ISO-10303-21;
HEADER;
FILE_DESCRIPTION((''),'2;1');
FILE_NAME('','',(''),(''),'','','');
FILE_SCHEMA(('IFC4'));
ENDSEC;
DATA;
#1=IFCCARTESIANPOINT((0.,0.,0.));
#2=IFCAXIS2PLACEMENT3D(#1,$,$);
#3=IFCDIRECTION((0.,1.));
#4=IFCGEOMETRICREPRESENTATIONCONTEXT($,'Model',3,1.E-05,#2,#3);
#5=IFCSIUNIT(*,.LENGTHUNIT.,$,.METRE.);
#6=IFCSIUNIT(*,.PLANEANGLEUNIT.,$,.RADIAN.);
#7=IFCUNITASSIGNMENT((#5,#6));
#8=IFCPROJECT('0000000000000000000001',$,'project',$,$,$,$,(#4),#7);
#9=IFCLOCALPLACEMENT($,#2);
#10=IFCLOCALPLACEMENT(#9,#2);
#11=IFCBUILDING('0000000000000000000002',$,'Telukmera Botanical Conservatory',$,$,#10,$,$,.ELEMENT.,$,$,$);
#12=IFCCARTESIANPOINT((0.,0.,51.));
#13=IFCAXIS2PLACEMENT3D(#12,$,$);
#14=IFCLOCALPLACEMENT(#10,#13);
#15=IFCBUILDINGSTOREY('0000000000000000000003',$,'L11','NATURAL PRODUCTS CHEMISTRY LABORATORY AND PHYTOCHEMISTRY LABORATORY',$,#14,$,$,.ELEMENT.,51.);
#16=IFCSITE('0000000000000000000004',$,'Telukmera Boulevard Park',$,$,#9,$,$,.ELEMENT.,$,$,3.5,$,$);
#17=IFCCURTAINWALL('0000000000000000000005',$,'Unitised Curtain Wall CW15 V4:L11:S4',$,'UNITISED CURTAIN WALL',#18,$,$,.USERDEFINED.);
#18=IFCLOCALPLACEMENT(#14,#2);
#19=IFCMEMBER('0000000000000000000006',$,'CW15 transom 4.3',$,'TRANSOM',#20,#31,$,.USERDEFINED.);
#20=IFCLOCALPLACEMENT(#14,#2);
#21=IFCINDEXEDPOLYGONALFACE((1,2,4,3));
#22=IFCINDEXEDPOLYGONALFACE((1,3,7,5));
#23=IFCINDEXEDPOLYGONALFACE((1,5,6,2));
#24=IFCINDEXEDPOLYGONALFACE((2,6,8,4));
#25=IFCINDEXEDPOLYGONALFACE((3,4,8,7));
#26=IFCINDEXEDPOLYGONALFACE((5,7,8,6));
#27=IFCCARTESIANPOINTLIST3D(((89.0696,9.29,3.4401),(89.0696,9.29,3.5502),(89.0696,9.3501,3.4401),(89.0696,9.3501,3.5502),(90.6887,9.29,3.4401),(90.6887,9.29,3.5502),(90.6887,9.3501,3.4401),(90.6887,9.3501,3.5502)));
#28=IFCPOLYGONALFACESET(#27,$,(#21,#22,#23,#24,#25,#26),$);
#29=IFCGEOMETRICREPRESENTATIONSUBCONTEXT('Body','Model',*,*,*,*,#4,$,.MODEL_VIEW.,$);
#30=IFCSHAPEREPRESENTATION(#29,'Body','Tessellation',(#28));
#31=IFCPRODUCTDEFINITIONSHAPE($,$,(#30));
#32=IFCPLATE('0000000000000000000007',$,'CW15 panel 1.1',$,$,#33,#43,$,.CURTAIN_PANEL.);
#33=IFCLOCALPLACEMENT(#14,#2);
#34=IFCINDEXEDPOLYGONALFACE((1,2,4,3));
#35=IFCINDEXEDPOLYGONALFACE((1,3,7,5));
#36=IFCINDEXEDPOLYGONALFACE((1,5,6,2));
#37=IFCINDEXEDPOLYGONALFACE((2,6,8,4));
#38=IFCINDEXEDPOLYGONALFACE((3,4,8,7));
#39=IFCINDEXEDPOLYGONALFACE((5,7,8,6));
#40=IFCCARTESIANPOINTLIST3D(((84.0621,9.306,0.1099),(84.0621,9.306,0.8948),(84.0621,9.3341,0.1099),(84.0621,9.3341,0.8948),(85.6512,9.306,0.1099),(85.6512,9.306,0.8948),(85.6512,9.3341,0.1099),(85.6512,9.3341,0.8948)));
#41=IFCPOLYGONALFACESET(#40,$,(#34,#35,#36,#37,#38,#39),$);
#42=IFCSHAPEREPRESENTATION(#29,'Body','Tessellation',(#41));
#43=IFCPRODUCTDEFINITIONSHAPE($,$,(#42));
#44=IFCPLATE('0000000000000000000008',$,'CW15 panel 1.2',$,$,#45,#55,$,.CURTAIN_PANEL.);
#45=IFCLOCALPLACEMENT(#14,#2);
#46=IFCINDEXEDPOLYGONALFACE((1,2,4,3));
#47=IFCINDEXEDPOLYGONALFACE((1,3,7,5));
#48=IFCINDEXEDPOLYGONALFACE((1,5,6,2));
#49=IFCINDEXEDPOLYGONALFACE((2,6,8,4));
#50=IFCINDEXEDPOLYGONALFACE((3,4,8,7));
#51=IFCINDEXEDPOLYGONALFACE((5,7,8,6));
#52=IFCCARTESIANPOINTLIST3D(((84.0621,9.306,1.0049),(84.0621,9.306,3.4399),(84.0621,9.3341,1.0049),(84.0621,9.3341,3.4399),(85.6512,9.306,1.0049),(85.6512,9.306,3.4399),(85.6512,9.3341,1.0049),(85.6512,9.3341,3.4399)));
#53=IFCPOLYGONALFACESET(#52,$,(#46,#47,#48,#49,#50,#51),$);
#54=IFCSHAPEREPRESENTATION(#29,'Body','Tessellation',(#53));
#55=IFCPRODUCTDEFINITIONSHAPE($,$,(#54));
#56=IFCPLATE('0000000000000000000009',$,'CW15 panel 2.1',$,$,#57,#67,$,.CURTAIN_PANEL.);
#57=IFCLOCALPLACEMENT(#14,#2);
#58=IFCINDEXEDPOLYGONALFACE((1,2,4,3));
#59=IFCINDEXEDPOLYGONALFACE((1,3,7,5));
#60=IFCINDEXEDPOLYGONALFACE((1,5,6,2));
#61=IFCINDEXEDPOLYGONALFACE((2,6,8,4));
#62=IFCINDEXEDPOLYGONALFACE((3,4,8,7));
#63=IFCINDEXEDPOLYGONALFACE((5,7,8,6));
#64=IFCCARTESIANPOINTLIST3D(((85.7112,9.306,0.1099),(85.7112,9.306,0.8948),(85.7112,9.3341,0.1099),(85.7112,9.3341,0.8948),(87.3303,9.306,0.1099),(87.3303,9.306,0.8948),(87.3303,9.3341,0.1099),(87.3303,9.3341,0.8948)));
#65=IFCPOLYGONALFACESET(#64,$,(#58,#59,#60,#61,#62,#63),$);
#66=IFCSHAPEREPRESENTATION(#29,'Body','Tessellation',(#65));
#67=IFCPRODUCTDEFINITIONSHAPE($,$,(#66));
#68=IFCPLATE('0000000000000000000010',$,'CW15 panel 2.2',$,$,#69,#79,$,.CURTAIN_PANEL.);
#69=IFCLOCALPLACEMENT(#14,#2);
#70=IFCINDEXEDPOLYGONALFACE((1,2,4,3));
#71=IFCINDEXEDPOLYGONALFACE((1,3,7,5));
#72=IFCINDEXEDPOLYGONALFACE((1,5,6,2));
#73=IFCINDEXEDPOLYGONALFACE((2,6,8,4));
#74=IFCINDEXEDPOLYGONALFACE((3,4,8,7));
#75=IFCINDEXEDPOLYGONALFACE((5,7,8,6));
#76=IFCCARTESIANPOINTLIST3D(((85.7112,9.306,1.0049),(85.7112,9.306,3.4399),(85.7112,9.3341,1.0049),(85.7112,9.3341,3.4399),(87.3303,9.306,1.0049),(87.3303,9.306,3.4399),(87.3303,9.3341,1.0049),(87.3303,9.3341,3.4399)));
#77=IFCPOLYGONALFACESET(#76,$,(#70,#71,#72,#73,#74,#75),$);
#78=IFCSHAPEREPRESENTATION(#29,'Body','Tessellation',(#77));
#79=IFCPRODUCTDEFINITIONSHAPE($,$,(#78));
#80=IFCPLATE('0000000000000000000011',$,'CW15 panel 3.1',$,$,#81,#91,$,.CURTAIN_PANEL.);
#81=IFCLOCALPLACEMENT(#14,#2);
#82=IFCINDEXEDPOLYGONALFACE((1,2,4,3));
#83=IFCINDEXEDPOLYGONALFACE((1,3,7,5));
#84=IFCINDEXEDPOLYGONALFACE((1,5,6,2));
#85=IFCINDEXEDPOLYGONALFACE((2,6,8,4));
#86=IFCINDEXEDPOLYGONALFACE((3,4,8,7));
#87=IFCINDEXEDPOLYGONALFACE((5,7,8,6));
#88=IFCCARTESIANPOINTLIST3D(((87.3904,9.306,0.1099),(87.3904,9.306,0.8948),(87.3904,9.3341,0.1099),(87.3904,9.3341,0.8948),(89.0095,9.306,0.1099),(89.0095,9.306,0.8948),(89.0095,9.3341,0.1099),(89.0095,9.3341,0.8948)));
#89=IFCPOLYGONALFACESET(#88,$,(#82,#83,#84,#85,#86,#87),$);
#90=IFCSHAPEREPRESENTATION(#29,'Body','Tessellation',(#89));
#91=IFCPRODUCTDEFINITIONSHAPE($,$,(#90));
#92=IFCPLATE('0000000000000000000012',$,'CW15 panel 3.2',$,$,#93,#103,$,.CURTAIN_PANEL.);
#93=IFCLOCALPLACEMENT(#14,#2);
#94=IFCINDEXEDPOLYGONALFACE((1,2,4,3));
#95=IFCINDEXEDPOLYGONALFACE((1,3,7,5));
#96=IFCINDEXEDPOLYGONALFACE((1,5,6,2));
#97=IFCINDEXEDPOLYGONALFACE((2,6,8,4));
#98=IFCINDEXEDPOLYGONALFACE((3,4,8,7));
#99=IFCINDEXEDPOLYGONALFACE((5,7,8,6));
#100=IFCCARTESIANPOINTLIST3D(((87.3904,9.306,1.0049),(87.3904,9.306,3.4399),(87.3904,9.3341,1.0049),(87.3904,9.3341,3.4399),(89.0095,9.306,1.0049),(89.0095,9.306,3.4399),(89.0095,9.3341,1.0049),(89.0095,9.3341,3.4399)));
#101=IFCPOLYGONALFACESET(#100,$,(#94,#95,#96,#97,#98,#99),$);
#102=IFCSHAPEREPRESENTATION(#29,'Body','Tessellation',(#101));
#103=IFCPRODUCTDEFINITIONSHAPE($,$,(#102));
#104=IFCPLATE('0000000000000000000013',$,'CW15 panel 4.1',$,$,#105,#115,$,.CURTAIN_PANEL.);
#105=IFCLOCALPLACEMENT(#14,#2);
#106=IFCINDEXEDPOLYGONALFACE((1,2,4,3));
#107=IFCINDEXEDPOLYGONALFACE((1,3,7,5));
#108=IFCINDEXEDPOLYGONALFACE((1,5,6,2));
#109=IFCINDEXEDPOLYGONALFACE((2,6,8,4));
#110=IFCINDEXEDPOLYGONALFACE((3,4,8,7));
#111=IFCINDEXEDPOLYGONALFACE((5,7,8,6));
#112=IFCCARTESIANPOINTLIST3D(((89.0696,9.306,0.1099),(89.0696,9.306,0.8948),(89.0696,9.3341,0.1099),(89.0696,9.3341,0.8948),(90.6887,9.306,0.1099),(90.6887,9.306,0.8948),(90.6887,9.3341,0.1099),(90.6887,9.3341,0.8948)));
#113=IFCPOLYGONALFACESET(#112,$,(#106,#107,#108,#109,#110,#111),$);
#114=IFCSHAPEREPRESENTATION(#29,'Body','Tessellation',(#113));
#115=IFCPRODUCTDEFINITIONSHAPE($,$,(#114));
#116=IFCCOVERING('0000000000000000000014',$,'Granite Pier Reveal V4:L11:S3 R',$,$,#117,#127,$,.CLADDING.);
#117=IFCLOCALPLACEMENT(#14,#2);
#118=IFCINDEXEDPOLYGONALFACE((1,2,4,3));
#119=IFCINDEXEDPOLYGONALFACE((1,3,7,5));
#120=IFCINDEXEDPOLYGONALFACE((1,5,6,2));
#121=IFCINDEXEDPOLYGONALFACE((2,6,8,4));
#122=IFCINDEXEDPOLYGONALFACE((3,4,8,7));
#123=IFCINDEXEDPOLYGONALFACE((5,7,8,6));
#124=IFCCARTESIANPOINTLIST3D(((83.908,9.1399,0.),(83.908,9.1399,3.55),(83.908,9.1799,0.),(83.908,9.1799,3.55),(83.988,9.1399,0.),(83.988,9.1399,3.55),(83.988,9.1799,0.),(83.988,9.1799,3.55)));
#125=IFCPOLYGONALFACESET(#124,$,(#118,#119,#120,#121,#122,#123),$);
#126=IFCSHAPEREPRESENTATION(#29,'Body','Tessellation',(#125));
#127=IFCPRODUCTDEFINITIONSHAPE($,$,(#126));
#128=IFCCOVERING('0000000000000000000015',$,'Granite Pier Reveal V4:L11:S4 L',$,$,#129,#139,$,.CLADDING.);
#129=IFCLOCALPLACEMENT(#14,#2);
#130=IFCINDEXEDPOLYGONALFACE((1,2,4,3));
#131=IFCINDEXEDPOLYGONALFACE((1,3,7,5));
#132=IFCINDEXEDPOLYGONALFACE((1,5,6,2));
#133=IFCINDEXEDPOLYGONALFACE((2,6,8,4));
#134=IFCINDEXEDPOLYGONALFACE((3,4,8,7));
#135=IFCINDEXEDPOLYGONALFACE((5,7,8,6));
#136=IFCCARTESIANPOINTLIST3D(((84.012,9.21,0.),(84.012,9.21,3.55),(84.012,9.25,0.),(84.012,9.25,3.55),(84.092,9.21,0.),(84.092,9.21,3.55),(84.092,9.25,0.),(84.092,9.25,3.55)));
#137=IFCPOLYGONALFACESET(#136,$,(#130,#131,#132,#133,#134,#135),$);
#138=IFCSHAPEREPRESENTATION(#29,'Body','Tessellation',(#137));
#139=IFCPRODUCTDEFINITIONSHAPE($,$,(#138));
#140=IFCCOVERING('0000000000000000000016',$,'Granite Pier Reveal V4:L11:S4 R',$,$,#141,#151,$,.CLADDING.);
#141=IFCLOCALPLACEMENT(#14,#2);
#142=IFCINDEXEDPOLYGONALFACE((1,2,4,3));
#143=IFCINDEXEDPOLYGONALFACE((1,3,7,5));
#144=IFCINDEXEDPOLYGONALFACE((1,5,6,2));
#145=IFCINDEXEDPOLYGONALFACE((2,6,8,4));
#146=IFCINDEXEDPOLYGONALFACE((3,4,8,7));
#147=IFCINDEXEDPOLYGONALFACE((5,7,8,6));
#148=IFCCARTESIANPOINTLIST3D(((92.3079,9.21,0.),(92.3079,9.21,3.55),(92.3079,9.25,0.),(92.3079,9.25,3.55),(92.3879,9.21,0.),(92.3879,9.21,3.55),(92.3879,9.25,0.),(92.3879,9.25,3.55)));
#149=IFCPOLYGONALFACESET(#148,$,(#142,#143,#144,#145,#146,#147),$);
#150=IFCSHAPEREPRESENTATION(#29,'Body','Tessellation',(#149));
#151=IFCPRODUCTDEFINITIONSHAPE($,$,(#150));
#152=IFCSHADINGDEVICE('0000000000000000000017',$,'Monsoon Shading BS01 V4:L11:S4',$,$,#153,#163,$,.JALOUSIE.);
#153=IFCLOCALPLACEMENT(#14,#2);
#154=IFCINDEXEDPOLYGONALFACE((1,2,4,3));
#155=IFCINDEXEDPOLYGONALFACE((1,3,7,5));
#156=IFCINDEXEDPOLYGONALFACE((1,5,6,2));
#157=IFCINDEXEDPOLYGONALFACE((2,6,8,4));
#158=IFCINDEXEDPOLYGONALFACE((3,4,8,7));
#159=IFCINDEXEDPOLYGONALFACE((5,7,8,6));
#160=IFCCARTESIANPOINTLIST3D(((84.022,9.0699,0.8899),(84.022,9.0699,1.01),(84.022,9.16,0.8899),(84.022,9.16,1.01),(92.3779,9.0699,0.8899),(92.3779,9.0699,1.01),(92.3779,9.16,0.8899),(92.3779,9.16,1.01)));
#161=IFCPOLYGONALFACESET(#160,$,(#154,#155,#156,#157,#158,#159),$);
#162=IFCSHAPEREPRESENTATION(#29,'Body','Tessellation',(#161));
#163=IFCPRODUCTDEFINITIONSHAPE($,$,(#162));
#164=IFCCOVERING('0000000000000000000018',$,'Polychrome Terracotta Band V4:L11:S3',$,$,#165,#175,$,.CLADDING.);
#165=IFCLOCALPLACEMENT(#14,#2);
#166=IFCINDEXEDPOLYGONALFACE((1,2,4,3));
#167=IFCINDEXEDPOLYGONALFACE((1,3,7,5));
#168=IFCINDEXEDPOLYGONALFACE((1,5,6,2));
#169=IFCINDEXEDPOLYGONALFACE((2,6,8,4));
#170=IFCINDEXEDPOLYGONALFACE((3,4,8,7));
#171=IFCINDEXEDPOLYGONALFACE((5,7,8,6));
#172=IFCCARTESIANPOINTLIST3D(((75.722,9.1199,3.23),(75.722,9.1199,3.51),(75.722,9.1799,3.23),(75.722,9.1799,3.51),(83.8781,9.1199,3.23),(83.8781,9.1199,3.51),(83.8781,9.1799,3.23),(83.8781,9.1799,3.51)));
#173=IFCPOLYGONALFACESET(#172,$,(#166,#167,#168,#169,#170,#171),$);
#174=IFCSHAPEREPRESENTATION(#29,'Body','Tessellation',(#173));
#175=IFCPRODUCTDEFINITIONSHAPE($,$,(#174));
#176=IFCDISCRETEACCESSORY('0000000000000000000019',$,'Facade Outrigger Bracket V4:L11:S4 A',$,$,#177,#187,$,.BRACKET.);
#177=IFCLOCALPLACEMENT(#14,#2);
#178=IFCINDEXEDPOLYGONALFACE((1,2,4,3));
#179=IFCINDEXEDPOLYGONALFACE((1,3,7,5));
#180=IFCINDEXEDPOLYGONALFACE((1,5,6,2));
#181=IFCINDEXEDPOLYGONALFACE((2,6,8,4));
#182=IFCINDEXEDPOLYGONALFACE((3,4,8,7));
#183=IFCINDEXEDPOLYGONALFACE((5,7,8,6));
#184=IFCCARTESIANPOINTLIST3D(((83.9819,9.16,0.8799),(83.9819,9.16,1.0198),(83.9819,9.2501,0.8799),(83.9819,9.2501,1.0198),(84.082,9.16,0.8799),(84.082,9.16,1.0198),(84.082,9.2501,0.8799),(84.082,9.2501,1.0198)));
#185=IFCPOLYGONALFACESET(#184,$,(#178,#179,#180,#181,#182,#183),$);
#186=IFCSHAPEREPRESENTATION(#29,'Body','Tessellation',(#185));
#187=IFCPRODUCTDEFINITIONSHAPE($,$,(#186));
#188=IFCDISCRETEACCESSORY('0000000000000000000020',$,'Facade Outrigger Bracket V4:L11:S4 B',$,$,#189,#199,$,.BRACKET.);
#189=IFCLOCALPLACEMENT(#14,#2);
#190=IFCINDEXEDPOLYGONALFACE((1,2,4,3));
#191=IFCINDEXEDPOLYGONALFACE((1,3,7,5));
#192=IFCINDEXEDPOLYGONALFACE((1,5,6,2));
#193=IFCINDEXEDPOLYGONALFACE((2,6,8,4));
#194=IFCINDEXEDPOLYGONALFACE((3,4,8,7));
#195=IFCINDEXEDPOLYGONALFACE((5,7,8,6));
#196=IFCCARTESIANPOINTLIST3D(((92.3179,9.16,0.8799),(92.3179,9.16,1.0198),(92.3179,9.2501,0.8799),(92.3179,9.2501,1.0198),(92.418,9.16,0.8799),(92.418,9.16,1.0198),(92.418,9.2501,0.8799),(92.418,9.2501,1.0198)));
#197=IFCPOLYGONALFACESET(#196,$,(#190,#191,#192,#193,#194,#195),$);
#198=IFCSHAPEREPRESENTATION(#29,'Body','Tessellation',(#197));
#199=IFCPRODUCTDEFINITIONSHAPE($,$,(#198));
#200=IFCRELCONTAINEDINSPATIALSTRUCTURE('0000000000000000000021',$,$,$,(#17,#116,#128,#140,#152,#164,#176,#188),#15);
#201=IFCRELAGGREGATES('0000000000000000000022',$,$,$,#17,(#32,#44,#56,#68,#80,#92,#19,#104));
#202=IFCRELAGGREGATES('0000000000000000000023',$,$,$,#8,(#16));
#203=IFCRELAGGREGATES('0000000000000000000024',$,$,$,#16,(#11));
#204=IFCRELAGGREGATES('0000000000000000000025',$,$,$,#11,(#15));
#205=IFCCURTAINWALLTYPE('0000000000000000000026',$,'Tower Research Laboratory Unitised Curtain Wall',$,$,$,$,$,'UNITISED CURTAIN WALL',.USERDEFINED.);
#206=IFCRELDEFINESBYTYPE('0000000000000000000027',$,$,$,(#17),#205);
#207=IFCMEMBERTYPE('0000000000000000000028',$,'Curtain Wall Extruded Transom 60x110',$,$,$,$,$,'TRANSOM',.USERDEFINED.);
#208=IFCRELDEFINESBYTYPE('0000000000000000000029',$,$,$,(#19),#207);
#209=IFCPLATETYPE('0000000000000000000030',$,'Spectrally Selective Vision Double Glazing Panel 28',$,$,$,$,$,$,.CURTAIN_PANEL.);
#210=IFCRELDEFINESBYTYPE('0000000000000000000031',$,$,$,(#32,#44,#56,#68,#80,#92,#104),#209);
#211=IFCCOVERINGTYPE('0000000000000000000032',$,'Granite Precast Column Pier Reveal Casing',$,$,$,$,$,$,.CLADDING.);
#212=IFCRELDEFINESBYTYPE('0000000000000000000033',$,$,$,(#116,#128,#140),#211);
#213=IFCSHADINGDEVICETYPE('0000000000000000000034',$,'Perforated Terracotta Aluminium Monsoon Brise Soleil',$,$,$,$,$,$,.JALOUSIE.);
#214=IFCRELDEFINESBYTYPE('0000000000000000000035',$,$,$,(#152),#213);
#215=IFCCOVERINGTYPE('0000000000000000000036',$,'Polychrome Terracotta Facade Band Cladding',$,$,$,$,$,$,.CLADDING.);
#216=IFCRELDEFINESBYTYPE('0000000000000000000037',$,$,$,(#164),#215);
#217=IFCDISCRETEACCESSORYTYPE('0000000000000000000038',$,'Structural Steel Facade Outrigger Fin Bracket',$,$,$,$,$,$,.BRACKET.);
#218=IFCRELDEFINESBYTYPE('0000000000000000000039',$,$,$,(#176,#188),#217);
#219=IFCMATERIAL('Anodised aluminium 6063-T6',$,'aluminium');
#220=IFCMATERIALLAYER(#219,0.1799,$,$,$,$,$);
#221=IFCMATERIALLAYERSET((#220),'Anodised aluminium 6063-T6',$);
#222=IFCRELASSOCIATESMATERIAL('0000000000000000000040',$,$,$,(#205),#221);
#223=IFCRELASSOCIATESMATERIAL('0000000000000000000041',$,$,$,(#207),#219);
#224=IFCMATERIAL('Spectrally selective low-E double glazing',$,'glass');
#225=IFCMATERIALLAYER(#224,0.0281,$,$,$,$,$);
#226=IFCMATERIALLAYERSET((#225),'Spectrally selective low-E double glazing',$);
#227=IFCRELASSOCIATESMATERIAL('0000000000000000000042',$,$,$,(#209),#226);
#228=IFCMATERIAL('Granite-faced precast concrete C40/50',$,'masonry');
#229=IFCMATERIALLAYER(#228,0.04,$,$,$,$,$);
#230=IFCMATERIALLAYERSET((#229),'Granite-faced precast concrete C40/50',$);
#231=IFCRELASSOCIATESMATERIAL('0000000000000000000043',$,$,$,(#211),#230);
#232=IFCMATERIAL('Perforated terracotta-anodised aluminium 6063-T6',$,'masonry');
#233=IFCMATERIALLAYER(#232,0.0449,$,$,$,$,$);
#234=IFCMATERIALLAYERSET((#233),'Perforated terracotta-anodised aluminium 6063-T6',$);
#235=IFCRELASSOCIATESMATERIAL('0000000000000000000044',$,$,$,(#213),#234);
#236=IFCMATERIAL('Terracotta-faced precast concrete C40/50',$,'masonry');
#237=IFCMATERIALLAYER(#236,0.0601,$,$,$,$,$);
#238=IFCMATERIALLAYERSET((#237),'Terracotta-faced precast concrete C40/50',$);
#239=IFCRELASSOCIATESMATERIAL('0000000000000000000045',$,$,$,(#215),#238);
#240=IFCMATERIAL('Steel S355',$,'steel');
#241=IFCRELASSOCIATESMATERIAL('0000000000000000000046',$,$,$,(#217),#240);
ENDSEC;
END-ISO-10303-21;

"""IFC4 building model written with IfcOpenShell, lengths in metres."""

from ifc_helpers import new_model, si_unit, direction, frame, origin, origin_2d, place, context, subcontext, project, spatial, rectangle, extrude, material, layer, layer_set, material_profile, profile_set, type_object, element, aggregate, save


model = new_model("IFC4")

# Units and contexts
model_context = context("Model", 3, precision=1e-05, world=origin(), true_north=direction((0.0, 1.0)))
body_context = subcontext(model_context, "Body", "Model", "MODEL_VIEW")
ifc_project = project(units=[si_unit("LENGTHUNIT", "METRE"), si_unit("PLANEANGLEUNIT", "RADIAN")], contexts=[model_context])

# Site, building, storey
site_placement = place(None, origin())
site = spatial("IfcSite", under=ifc_project, at=site_placement, Name="Telukmera Boulevard Park", CompositionType="ELEMENT", RefElevation=3.5)
building_placement = place(site_placement, origin())
building = spatial("IfcBuilding", under=site, at=building_placement, Name="Telukmera Botanical Conservatory", CompositionType="ELEMENT")
storey_placement = place(building_placement, frame((0.0, 0.0, 51.0)))
storey = spatial("IfcBuildingStorey", under=building, at=storey_placement, Name="L11", Description="NATURAL PRODUCTS CHEMISTRY LABORATORY AND PHYTOCHEMISTRY LABORATORY", CompositionType="ELEMENT", Elevation=51.0)

# Curtain wall, member, plates
ifc_material_1 = material(Name="Anodised aluminium 6063-T6", Category="aluminium")
ifc_layer_1 = layer(ifc_material_1, 0.1799)
ifc_layer_set_1 = layer_set([ifc_layer_1], Name="Anodised aluminium 6063-T6")
curtain_wall_type = type_object("IfcCurtainWallType", Name="Tower Research Laboratory Unitised Curtain Wall", ElementType="UNITISED CURTAIN WALL", PredefinedType="USERDEFINED", material=ifc_layer_set_1)
curtain_wall_placement = place(storey_placement, origin())
curtain_wall = element("IfcCurtainWall", 1, at=curtain_wall_placement, inside=storey, type_object=curtain_wall_type, Name="Unitised Curtain Wall CW15 V4:L11:S4", ObjectType="UNITISED CURTAIN WALL", PredefinedType="USERDEFINED")
ifc_material_profile_1 = material_profile(ifc_material_1, rectangle(XDim=0.0601, YDim=0.1101, at=origin_2d()), Name="ALU TRAN 60x110")
ifc_profile_set_1 = profile_set([ifc_material_profile_1], Name="Anodised aluminium 6063-T6")
member_type_1 = type_object("IfcMemberType", Name="Curtain Wall Extruded Transom 60x110", ElementType="TRANSOM", PredefinedType="USERDEFINED", material=ifc_profile_set_1)
member_1_placement = place(storey_placement, frame((89.0696, 9.3201, 3.4951), z_axis=(1.0, 0.0, 0.0), x_axis=(0.0, 1.0, 0.0)))
member_1 = element("IfcMember", 2, at=member_1_placement, type_object=member_type_1, Name="CW15 transom 4.3", ObjectType="TRANSOM", PredefinedType="USERDEFINED", context=body_context, shape_type="SweptSolid", body=[
    extrude(rectangle(XDim=0.0601, YDim=0.1101, at=origin_2d()), origin(), (0.0, 0.0, 1.0), 1.6191),
])
ifc_material_2 = material(Name="Spectrally selective low-E double glazing", Category="glass")
ifc_layer_2 = layer(ifc_material_2, 0.0281)
ifc_layer_set_2 = layer_set([ifc_layer_2], Name="Spectrally selective low-E double glazing")
plate_type = type_object("IfcPlateType", Name="Spectrally Selective Vision Double Glazing Panel 28", PredefinedType="CURTAIN_PANEL", material=ifc_layer_set_2)
plate_1_placement = place(storey_placement, frame((84.8567, 9.3201, 0.1099), z_axis=(0.0, 0.0, 1.0), x_axis=(1.0, 0.0, 0.0)))
plate_1 = element("IfcPlate", 3, at=plate_1_placement, type_object=plate_type, Name="CW15 panel 1.1", PredefinedType="CURTAIN_PANEL", context=body_context, shape_type="SweptSolid", body=[
    extrude(rectangle(XDim=1.5891, YDim=0.0281, at=origin_2d()), origin(), (0.0, 0.0, 1.0), 0.7849),
])
plate_2_placement = place(storey_placement, frame((84.8567, 9.3201, 1.0049), z_axis=(0.0, 0.0, 1.0), x_axis=(1.0, 0.0, 0.0)))
plate_2 = element("IfcPlate", 4, at=plate_2_placement, type_object=plate_type, Name="CW15 panel 1.2", PredefinedType="CURTAIN_PANEL", context=body_context, shape_type="SweptSolid", body=[
    extrude(rectangle(XDim=1.5891, YDim=0.0281, at=origin_2d()), origin(), (0.0, 0.0, 1.0), 2.4351),
])
plate_3_placement = place(storey_placement, frame((86.5208, 9.3201, 0.1099), z_axis=(0.0, 0.0, 1.0), x_axis=(1.0, 0.0, 0.0)))
plate_3 = element("IfcPlate", 5, at=plate_3_placement, type_object=plate_type, Name="CW15 panel 2.1", PredefinedType="CURTAIN_PANEL", context=body_context, shape_type="SweptSolid", body=[
    extrude(rectangle(XDim=1.6191, YDim=0.0281, at=origin_2d()), origin(), (0.0, 0.0, 1.0), 0.7849),
])
plate_4_placement = place(storey_placement, frame((86.5208, 9.3201, 1.0049), z_axis=(0.0, 0.0, 1.0), x_axis=(1.0, 0.0, 0.0)))
plate_4 = element("IfcPlate", 6, at=plate_4_placement, type_object=plate_type, Name="CW15 panel 2.2", PredefinedType="CURTAIN_PANEL", context=body_context, shape_type="SweptSolid", body=[
    extrude(rectangle(XDim=1.6191, YDim=0.0281, at=origin_2d()), origin(), (0.0, 0.0, 1.0), 2.4351),
])
plate_5_placement = place(storey_placement, frame((88.2, 9.3201, 0.1099), z_axis=(0.0, 0.0, 1.0), x_axis=(1.0, 0.0, 0.0)))
plate_5 = element("IfcPlate", 7, at=plate_5_placement, type_object=plate_type, Name="CW15 panel 3.1", PredefinedType="CURTAIN_PANEL", context=body_context, shape_type="SweptSolid", body=[
    extrude(rectangle(XDim=1.6191, YDim=0.0281, at=origin_2d()), origin(), (0.0, 0.0, 1.0), 0.7849),
])
plate_6_placement = place(storey_placement, frame((88.2, 9.3201, 1.0049), z_axis=(0.0, 0.0, 1.0), x_axis=(1.0, 0.0, 0.0)))
plate_6 = element("IfcPlate", 8, at=plate_6_placement, type_object=plate_type, Name="CW15 panel 3.2", PredefinedType="CURTAIN_PANEL", context=body_context, shape_type="SweptSolid", body=[
    extrude(rectangle(XDim=1.6191, YDim=0.0281, at=origin_2d()), origin(), (0.0, 0.0, 1.0), 2.4351),
])
plate_7_placement = place(storey_placement, frame((89.8792, 9.3201, 0.1099), z_axis=(0.0, 0.0, 1.0), x_axis=(1.0, 0.0, 0.0)))
plate_7 = element("IfcPlate", 9, at=plate_7_placement, type_object=plate_type, Name="CW15 panel 4.1", PredefinedType="CURTAIN_PANEL", context=body_context, shape_type="SweptSolid", body=[
    extrude(rectangle(XDim=1.6191, YDim=0.0281, at=origin_2d()), origin(), (0.0, 0.0, 1.0), 0.7849),
])
aggregate(curtain_wall, [plate_1, plate_2, plate_3, plate_4, plate_5, plate_6, member_1, plate_7])

# Coverings
ifc_material_3 = material(Name="Granite-faced precast concrete C40/50", Category="masonry")
ifc_layer_3 = layer(ifc_material_3, 0.04)
ifc_layer_set_3 = layer_set([ifc_layer_3], Name="Granite-faced precast concrete C40/50")
covering_type_1 = type_object("IfcCoveringType", Name="Granite Precast Column Pier Reveal Casing", PredefinedType="CLADDING", material=ifc_layer_set_3)
for number, where, z_axis, x_axis, name in (
    (10, (83.948, 9.1599, 0.0), (0.0, 0.0, 1.0), (1.0, 0.0, 0.0), "Granite Pier Reveal V4:L11:S3 R"),
    (11, (84.052, 9.23, 0.0), (0.0, 0.0, 1.0), (1.0, 0.0, 0.0), "Granite Pier Reveal V4:L11:S4 L"),
    (12, (92.3479, 9.23, 0.0), (0.0, 0.0, 1.0), (1.0, 0.0, 0.0), "Granite Pier Reveal V4:L11:S4 R"),
):
    element("IfcCovering", number, at=place(storey_placement, frame(where, z_axis=z_axis, x_axis=x_axis)), inside=storey, type_object=covering_type_1, Name=name, PredefinedType="CLADDING", context=body_context, shape_type="SweptSolid", body=[
        extrude(rectangle(XDim=0.0801, YDim=0.04, at=origin_2d()), origin(), (0.0, 0.0, 1.0), 3.55),
    ])

# Shading device
ifc_material_4 = material(Name="Perforated terracotta-anodised aluminium 6063-T6", Category="masonry")
ifc_layer_4 = layer(ifc_material_4, 0.0449)
ifc_layer_set_4 = layer_set([ifc_layer_4], Name="Perforated terracotta-anodised aluminium 6063-T6")
shading_device_type = type_object("IfcShadingDeviceType", Name="Perforated Terracotta Aluminium Monsoon Brise Soleil", PredefinedType="JALOUSIE", material=ifc_layer_set_4)
shading_device_placement = place(storey_placement, frame((88.2, 9.115, 0.8899), z_axis=(0.0, 0.0, 1.0), x_axis=(1.0, 0.0, 0.0)))
element("IfcShadingDevice", 13, at=shading_device_placement, inside=storey, type_object=shading_device_type, Name="Monsoon Shading BS01 V4:L11:S4", PredefinedType="JALOUSIE", context=body_context, shape_type="SweptSolid", body=[
    extrude(rectangle(XDim=8.356, YDim=0.0901, at=origin_2d()), origin(), (0.0, 0.0, 1.0), 0.1201),
])

# Covering
ifc_material_5 = material(Name="Terracotta-faced precast concrete C40/50", Category="masonry")
ifc_layer_5 = layer(ifc_material_5, 0.0601)
ifc_layer_set_5 = layer_set([ifc_layer_5], Name="Terracotta-faced precast concrete C40/50")
covering_type_2 = type_object("IfcCoveringType", Name="Polychrome Terracotta Facade Band Cladding", PredefinedType="CLADDING", material=ifc_layer_set_5)
covering_placement = place(storey_placement, frame((79.8, 9.1499, 3.23), z_axis=(0.0, 0.0, 1.0), x_axis=(1.0, 0.0, 0.0)))
element("IfcCovering", 14, at=covering_placement, inside=storey, type_object=covering_type_2, Name="Polychrome Terracotta Band V4:L11:S3", PredefinedType="CLADDING", context=body_context, shape_type="SweptSolid", body=[
    extrude(rectangle(XDim=8.156, YDim=0.0601, at=origin_2d()), origin(), (0.0, 0.0, 1.0), 0.28),
])

# Discrete accessories
ifc_material_6 = material(Name="Steel S355", Category="steel")
discrete_accessory_type = type_object("IfcDiscreteAccessoryType", Name="Structural Steel Facade Outrigger Fin Bracket", PredefinedType="BRACKET", material=ifc_material_6)
for number, where, z_axis, x_axis, name in (
    (15, (84.032, 9.2051, 0.8799), (0.0, 0.0, 1.0), (1.0, 0.0, 0.0), "Facade Outrigger Bracket V4:L11:S4 A"),
    (16, (92.3679, 9.2051, 0.8799), (0.0, 0.0, 1.0), (1.0, 0.0, 0.0), "Facade Outrigger Bracket V4:L11:S4 B"),
):
    element("IfcDiscreteAccessory", number, at=place(storey_placement, frame(where, z_axis=z_axis, x_axis=x_axis)), inside=storey, type_object=discrete_accessory_type, Name=name, PredefinedType="BRACKET", context=body_context, shape_type="SweptSolid", body=[
        extrude(rectangle(XDim=0.1001, YDim=0.0901, at=origin_2d()), origin(), (0.0, 0.0, 1.0), 0.1399),
    ])

save(model, "model.ifc")
